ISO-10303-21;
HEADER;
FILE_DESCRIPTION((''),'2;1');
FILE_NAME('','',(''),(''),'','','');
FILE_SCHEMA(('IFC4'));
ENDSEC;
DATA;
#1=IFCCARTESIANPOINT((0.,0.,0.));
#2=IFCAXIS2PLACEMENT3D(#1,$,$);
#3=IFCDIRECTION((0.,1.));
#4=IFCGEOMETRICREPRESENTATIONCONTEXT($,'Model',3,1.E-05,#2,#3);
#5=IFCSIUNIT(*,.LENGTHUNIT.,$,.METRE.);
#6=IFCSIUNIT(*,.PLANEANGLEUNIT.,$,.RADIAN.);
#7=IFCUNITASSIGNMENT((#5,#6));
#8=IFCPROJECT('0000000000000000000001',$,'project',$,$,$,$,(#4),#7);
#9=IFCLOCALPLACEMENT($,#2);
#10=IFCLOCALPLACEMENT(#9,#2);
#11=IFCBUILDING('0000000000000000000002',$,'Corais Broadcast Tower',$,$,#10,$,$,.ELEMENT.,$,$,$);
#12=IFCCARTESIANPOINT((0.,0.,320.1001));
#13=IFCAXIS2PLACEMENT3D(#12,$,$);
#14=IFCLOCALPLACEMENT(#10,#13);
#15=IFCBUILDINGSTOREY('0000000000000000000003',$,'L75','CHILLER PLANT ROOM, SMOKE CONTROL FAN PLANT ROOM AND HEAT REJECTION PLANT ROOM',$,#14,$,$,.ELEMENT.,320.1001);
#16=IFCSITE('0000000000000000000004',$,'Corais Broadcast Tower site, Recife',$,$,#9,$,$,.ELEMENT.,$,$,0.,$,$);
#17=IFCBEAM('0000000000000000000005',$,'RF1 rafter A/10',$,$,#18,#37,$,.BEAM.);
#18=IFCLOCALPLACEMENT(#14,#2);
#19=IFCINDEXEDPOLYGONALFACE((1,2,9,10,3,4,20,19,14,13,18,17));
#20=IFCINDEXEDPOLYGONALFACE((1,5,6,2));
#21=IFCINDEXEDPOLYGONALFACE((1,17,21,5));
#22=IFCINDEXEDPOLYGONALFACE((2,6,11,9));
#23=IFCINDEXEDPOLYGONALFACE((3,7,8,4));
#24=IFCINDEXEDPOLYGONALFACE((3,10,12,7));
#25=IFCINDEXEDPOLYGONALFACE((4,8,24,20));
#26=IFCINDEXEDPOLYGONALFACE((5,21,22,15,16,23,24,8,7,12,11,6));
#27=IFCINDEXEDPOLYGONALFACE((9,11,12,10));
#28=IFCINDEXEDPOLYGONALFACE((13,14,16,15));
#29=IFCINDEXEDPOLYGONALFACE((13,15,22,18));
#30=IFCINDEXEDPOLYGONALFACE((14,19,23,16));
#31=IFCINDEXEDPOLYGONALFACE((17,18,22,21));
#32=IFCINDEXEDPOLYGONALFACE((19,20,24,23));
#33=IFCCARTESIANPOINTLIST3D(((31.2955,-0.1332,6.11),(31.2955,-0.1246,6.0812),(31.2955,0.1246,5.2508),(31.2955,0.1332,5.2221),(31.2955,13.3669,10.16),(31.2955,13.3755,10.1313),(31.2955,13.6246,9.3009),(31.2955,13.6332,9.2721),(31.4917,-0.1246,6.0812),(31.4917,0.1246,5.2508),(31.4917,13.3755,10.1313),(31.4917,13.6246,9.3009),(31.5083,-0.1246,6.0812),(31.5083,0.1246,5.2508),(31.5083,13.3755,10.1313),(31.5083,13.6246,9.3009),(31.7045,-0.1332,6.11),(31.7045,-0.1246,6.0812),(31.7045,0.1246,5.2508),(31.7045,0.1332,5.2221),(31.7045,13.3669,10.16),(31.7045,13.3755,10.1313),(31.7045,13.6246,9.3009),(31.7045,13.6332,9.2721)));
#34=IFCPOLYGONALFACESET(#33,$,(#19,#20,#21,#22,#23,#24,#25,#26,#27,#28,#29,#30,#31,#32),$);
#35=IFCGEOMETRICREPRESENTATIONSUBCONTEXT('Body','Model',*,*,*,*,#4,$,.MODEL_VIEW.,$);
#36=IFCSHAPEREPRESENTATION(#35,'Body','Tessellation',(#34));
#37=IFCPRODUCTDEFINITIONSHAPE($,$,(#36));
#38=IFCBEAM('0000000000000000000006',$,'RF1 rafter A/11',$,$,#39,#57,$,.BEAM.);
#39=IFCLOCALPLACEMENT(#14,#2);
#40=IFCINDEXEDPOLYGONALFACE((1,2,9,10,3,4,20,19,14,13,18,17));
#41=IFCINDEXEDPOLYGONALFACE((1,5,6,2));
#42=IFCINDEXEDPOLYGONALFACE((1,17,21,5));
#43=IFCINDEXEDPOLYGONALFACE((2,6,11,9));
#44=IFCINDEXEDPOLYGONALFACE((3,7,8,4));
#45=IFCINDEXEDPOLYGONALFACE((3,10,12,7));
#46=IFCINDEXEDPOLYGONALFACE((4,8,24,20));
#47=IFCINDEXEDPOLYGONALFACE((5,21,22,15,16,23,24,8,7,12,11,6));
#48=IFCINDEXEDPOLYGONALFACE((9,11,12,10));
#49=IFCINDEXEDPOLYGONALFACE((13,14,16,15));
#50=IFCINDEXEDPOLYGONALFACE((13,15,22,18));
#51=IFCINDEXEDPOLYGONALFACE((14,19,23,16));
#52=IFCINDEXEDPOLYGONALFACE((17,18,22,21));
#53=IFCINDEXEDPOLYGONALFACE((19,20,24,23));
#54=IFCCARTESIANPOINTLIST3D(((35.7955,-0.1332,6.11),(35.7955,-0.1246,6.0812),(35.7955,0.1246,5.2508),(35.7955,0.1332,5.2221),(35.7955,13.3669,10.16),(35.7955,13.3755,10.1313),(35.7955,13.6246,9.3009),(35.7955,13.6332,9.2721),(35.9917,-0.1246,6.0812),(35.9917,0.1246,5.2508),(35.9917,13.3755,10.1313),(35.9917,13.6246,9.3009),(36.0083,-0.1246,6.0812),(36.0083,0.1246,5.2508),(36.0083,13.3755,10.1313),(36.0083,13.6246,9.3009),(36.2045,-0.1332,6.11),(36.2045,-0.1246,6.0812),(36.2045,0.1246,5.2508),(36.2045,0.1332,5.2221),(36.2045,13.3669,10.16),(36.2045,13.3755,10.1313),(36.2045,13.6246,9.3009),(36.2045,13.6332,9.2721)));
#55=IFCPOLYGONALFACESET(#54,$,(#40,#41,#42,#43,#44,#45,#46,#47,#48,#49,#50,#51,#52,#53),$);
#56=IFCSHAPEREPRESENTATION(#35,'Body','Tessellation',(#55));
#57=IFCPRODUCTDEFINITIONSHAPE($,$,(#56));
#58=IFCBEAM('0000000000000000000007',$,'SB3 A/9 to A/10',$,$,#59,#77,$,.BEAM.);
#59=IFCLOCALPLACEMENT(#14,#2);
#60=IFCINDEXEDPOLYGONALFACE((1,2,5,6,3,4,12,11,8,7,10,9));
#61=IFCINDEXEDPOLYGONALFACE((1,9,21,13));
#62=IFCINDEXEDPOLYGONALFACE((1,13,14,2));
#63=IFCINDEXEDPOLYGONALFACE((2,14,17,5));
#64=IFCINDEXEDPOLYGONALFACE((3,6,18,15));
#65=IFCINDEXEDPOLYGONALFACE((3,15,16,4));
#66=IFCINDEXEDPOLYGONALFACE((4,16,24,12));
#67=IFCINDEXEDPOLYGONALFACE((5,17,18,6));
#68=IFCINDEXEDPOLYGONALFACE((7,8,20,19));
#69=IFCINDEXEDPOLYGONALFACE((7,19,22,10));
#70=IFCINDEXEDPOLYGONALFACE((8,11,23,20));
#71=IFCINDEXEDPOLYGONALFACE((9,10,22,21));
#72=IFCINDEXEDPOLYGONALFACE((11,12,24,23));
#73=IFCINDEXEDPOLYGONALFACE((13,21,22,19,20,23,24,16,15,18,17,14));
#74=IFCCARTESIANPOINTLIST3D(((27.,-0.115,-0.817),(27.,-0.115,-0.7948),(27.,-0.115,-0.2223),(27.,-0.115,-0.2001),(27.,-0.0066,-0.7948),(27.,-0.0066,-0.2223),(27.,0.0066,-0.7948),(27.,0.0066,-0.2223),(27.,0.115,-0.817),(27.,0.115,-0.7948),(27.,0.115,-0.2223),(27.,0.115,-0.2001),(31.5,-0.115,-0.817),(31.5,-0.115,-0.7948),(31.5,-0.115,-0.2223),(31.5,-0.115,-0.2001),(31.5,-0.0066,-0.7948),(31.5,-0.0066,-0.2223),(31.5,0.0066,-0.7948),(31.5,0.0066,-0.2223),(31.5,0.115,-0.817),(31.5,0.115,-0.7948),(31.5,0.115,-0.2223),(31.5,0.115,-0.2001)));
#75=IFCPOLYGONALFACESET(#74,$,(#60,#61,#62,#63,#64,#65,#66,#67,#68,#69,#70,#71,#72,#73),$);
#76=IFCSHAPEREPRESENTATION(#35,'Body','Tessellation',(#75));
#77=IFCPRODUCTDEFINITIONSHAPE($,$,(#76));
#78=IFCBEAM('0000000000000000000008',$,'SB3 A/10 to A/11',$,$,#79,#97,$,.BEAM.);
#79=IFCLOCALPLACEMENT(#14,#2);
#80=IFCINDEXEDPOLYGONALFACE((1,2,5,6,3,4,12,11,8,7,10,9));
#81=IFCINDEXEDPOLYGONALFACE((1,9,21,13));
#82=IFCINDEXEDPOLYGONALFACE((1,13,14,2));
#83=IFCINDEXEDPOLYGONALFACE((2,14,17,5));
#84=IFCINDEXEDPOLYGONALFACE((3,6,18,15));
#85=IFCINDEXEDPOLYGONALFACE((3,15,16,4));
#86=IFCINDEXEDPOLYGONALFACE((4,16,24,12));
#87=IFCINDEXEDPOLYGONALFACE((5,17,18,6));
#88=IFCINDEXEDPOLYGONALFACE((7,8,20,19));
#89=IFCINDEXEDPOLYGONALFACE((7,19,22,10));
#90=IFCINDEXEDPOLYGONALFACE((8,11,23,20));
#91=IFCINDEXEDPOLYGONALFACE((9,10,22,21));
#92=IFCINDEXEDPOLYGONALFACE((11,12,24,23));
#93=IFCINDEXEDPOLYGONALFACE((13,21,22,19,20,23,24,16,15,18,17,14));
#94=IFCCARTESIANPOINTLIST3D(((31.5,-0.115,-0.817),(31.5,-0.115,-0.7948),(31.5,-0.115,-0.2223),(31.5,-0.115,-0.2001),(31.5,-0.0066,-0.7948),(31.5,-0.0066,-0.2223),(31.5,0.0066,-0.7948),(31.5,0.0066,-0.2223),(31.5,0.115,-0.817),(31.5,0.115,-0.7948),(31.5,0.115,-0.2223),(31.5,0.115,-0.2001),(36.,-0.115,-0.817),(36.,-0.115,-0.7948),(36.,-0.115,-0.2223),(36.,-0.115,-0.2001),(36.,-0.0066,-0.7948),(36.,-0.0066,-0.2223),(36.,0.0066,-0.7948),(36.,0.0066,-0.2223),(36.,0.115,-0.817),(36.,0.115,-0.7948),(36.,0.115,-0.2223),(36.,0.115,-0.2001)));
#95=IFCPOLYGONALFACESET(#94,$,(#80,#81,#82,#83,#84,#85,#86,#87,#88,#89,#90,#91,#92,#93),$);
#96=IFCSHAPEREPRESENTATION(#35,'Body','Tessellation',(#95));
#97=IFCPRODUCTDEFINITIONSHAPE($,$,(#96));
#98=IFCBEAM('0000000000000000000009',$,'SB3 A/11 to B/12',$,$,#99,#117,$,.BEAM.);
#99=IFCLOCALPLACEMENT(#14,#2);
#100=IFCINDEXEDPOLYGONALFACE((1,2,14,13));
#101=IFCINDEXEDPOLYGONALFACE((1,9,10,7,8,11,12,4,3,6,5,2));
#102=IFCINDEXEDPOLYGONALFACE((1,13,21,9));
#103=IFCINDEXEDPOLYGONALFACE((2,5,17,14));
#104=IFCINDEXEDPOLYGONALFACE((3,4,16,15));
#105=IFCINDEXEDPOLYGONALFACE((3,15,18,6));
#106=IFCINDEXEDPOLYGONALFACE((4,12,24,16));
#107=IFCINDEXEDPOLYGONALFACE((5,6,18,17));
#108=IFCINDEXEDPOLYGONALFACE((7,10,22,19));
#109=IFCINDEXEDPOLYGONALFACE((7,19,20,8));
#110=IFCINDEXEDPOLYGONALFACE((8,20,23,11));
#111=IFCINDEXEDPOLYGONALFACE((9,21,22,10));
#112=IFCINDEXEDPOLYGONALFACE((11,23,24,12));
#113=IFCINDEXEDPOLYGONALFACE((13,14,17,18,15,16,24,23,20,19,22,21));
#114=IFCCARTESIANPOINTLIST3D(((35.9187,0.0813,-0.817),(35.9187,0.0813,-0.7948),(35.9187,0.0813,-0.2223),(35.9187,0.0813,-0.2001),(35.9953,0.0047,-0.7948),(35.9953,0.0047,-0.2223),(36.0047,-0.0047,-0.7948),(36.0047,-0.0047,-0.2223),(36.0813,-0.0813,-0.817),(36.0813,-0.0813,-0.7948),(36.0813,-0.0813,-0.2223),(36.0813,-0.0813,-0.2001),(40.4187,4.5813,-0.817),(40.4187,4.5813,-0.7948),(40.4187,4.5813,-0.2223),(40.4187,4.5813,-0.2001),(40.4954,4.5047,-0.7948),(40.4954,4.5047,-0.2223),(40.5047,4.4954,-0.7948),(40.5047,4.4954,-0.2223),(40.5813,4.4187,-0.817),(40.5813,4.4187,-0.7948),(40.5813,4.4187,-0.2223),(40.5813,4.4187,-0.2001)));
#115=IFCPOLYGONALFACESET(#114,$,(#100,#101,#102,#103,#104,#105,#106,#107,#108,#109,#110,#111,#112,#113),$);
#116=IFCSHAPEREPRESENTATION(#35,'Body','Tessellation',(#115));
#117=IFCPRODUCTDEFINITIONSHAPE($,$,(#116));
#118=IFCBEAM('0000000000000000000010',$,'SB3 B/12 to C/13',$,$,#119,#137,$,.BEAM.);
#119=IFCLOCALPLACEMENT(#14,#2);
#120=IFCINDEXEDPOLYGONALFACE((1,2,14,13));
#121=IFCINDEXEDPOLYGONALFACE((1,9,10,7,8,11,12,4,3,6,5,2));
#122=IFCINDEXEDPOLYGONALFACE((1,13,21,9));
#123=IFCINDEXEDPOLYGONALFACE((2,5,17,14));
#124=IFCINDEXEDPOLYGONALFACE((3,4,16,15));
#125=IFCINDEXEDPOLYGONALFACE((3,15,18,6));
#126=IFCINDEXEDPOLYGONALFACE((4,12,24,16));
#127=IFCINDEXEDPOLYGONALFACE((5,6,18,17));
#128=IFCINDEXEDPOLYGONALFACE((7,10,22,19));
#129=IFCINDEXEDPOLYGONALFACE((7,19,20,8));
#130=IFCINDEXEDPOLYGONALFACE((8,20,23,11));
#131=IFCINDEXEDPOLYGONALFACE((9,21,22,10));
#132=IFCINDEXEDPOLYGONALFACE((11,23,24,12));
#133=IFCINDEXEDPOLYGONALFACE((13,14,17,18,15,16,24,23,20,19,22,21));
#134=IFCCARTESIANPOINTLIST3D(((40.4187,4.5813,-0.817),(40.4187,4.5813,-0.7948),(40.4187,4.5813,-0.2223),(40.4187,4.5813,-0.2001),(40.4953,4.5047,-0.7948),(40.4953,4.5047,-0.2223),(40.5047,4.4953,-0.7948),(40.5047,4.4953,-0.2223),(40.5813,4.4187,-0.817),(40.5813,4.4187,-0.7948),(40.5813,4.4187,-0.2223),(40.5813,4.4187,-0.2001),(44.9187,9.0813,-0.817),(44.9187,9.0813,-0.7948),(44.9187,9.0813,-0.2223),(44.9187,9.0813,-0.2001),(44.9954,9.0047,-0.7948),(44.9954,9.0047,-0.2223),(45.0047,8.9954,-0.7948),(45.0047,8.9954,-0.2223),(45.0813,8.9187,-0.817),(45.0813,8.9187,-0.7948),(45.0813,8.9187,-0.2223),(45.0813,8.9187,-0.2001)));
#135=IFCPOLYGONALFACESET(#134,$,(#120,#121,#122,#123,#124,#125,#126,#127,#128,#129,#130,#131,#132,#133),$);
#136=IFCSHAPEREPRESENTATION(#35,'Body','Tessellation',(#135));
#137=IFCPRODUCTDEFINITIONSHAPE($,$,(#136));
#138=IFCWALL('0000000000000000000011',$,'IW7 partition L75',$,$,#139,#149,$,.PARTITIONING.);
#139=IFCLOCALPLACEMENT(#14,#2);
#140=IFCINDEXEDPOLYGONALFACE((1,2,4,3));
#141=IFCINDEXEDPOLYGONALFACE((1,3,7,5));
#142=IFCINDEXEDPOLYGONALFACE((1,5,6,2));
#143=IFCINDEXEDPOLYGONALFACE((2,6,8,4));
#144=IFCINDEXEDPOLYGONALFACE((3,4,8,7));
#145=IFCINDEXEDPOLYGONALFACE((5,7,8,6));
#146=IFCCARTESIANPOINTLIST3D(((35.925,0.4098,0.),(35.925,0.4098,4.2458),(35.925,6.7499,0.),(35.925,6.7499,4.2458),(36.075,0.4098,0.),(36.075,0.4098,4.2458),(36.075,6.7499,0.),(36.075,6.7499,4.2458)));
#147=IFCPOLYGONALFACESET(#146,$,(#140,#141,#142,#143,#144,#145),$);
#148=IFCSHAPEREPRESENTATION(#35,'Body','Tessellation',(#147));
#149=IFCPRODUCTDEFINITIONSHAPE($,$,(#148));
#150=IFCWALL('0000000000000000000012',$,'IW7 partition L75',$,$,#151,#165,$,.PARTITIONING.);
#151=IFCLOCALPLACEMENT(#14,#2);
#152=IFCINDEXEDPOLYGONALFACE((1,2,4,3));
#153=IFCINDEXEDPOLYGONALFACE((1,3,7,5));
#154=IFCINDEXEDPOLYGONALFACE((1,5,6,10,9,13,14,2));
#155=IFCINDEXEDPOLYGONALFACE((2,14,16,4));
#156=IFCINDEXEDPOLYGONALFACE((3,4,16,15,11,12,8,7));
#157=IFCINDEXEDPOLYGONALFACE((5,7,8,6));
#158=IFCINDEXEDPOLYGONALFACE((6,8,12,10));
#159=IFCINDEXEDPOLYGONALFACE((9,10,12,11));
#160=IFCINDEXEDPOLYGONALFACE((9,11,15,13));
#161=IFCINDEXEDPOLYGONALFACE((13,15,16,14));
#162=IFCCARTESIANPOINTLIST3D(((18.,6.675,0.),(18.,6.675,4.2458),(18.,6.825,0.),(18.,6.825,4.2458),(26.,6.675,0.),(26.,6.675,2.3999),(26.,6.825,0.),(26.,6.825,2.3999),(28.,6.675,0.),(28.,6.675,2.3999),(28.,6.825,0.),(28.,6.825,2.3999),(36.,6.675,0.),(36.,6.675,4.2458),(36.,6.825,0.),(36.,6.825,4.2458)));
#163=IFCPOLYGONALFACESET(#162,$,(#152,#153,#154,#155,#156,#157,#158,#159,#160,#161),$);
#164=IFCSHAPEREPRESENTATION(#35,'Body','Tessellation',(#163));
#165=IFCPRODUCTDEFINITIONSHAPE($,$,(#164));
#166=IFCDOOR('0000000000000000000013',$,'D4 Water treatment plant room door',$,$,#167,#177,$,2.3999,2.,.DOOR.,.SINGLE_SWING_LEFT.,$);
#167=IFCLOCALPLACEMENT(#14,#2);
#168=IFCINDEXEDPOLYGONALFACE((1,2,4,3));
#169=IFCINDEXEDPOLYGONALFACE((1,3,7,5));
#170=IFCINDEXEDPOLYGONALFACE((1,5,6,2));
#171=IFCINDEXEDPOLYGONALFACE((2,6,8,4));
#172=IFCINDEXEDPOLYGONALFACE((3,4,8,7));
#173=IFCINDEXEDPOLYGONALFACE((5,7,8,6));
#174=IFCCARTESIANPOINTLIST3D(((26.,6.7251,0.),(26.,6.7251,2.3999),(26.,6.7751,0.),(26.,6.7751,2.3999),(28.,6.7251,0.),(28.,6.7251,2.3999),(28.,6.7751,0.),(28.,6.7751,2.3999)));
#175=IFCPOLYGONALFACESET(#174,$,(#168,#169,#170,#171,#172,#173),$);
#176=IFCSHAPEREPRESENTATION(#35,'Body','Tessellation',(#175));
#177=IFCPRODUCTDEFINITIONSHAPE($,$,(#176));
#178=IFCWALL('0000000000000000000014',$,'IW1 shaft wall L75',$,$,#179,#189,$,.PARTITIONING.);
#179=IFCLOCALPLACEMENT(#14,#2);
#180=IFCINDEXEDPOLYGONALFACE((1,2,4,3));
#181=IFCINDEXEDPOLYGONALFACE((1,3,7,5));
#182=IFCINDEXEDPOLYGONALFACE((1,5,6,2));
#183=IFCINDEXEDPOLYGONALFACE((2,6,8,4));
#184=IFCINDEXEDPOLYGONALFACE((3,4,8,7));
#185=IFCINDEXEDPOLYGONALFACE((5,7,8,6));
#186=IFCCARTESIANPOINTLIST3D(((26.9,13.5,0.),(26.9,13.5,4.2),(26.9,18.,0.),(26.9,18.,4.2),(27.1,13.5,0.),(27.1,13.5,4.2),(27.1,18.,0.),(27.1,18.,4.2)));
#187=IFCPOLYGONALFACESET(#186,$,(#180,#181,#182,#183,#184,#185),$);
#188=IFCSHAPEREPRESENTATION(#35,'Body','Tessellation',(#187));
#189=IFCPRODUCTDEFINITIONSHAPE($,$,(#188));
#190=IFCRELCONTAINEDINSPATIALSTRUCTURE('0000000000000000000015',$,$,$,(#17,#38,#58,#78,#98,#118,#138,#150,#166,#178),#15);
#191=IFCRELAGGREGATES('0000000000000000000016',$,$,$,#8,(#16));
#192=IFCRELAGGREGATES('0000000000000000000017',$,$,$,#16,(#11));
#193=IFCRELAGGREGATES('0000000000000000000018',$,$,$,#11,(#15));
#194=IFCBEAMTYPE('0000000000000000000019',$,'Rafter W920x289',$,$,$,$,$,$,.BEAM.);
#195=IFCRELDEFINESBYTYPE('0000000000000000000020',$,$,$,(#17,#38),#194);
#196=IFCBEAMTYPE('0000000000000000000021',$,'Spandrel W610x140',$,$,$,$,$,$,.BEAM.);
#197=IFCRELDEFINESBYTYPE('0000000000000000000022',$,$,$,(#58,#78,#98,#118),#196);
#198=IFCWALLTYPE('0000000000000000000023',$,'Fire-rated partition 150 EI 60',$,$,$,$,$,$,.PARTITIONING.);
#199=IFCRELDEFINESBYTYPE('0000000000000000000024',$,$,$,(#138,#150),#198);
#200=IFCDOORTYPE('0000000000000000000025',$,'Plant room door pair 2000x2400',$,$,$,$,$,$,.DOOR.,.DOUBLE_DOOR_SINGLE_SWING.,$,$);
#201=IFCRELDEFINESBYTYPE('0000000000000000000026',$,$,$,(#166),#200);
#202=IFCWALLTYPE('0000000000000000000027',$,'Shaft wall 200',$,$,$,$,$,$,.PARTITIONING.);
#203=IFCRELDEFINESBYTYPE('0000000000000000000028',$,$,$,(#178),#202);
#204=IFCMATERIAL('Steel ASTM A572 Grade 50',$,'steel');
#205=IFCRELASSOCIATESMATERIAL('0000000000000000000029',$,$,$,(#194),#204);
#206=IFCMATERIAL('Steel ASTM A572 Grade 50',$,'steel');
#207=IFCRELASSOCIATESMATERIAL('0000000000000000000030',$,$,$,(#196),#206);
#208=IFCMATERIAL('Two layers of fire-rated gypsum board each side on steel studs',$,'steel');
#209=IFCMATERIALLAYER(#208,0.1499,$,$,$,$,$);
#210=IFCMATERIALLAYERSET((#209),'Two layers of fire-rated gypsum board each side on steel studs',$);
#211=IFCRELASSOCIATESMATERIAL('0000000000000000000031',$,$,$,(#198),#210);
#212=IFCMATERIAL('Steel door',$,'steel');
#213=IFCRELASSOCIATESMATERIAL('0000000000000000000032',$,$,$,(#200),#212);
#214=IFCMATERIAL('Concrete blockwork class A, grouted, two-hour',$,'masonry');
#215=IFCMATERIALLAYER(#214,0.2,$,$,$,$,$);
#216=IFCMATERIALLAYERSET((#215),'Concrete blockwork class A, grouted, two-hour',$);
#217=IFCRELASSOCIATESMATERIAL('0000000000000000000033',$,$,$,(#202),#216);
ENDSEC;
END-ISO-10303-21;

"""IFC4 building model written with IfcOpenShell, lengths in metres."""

from ifc_helpers import new_model, si_unit, direction, frame, frame_2d, origin, origin_2d, place, context, subcontext, project, spatial, rectangle, i_section, extrude, material, layer, layer_set, material_profile, profile_set, type_object, element, fill, save


model = new_model("IFC4")

# Units and contexts
model_context = context("Model", 3, precision=1e-05, world=origin(), true_north=direction((0.0, 1.0)))
body_context = subcontext(model_context, "Body", "Model", "MODEL_VIEW")
ifc_project = project(units=[si_unit("LENGTHUNIT", "METRE"), si_unit("PLANEANGLEUNIT", "RADIAN")], contexts=[model_context])

# Site, building, storey
site_placement = place(None, origin())
site = spatial("IfcSite", under=ifc_project, at=site_placement, Name="Corais Broadcast Tower site, Recife", CompositionType="ELEMENT", RefElevation=0.0)
building_placement = place(site_placement, origin())
building = spatial("IfcBuilding", under=site, at=building_placement, Name="Corais Broadcast Tower", CompositionType="ELEMENT")
storey_placement = place(building_placement, frame((0.0, 0.0, 320.1001)))
storey = spatial("IfcBuildingStorey", under=building, at=storey_placement, Name="L75", Description="CHILLER PLANT ROOM, SMOKE CONTROL FAN PLANT ROOM AND HEAT REJECTION PLANT ROOM", CompositionType="ELEMENT", Elevation=320.1001)

# Beams
ifc_material_1 = material(Name="Steel ASTM A572 Grade 50", Category="steel")
ifc_material_profile_1 = material_profile(ifc_material_1, i_section(OverallWidth=0.4089, OverallDepth=0.927, WebThickness=0.0166, FlangeThickness=0.03, at=origin_2d()), Name="W920x289")
ifc_profile_set_1 = profile_set([ifc_material_profile_1], Name="Steel ASTM A572 Grade 50")
beam_type_1 = type_object("IfcBeamType", Name="Rafter W920x289", PredefinedType="BEAM", material=ifc_profile_set_1)
for number, where, z_axis, x_axis, name in (
    (1, (31.5, 0.0, 5.666), (0.0, 0.957825, 0.287351), (-1.0, 0.0, 0.0), "RF1 rafter A/10"),
    (2, (36.0, 0.0, 5.666), (0.0, 0.957825, 0.287351), (-1.0, 0.0, 0.0), "RF1 rafter A/11"),
):
    element("IfcBeam", number, at=place(storey_placement, frame(where, z_axis=z_axis, x_axis=x_axis)), inside=storey, type_object=beam_type_1, Name=name, PredefinedType="BEAM", context=body_context, shape_type="SweptSolid", body=[
        extrude(i_section(OverallWidth=0.4089, OverallDepth=0.927, WebThickness=0.0166, FlangeThickness=0.03, at=origin_2d()), origin(), (0.0, 0.0, 1.0), 14.0945),
    ])
ifc_material_2 = material(Name="Steel ASTM A572 Grade 50", Category="steel")
ifc_material_profile_2 = material_profile(ifc_material_2, i_section(OverallWidth=0.23, OverallDepth=0.6169, WebThickness=0.0132, FlangeThickness=0.0222, at=origin_2d()), Name="W610x140")
ifc_profile_set_2 = profile_set([ifc_material_profile_2], Name="Steel ASTM A572 Grade 50")
beam_type_2 = type_object("IfcBeamType", Name="Spandrel W610x140", PredefinedType="BEAM", material=ifc_profile_set_2)
for number, where, z_axis, x_axis, name in (
    (3, (27.0, 0.0, -0.5085), (1.0, 0.0, 0.0), (0.0, 1.0, 0.0), "SB3 A/9 to A/10"),
    (4, (31.5, 0.0, -0.5085), (1.0, 0.0, 0.0), (0.0, 1.0, 0.0), "SB3 A/10 to A/11"),
):
    element("IfcBeam", number, at=place(storey_placement, frame(where, z_axis=z_axis, x_axis=x_axis)), inside=storey, type_object=beam_type_2, Name=name, PredefinedType="BEAM", context=body_context, shape_type="SweptSolid", body=[
        extrude(i_section(OverallWidth=0.23, OverallDepth=0.6169, WebThickness=0.0132, FlangeThickness=0.0222, at=origin_2d()), origin(), (0.0, 0.0, 1.0), 4.5),
    ])
for number, where, z_axis, x_axis, name in (
    (5, (36.0, 0.0, -0.5085), (0.707107, 0.707107, 0.0), (-0.707107, 0.707107, 0.0), "SB3 A/11 to B/12"),
    (6, (40.5, 4.5, -0.5085), (0.707107, 0.707107, 0.0), (-0.707107, 0.707107, 0.0), "SB3 B/12 to C/13"),
):
    element("IfcBeam", number, at=place(storey_placement, frame(where, z_axis=z_axis, x_axis=x_axis)), inside=storey, type_object=beam_type_2, Name=name, PredefinedType="BEAM", context=body_context, shape_type="SweptSolid", body=[
        extrude(i_section(OverallWidth=0.23, OverallDepth=0.6169, WebThickness=0.0132, FlangeThickness=0.0222, at=origin_2d()), origin(), (0.0, 0.0, 1.0), 6.364),
    ])

# Wall
ifc_material_3 = material(Name="Two layers of fire-rated gypsum board each side on steel studs", Category="steel")
ifc_layer_1 = layer(ifc_material_3, 0.1499)
ifc_layer_set_1 = layer_set([ifc_layer_1], Name="Two layers of fire-rated gypsum board each side on steel studs")
wall_type_1 = type_object("IfcWallType", Name="Fire-rated partition 150 EI 60", PredefinedType="PARTITIONING", material=ifc_layer_set_1)
wall_1_placement = place(storey_placement, frame((36.0, 0.4099, 0.0), z_axis=(0.0, 0.0, 1.0), x_axis=(0.0, 1.0, 0.0)))
element("IfcWall", 7, at=wall_1_placement, inside=storey, type_object=wall_type_1, Name="IW7 partition L75", PredefinedType="PARTITIONING", context=body_context, shape_type="SweptSolid", body=[
    extrude(rectangle(XDim=6.3401, YDim=0.1499, at=frame_2d((3.1699, 0.0))), origin(), (0.0, 0.0, 1.0), 4.2458),
])

# Wall, opening, door
wall_2_placement = place(storey_placement, frame((36.0, 6.75, 0.0), z_axis=(0.0, 0.0, 1.0), x_axis=(-1.0, 0.0, 0.0)))
wall_2 = element("IfcWall", 8, at=wall_2_placement, inside=storey, type_object=wall_type_1, Name="IW7 partition L75", PredefinedType="PARTITIONING", context=body_context, shape_type="SweptSolid", body=[
    extrude(rectangle(XDim=18.0, YDim=0.1499, at=frame_2d((9.0, 0.0))), origin(), (0.0, 0.0, 1.0), 4.2458),
])
opening_1_placement = place(wall_2_placement, frame((8.0, 0.0, 0.0)))
opening_1 = element("IfcOpeningElement", 9, at=opening_1_placement, cuts=wall_2, PredefinedType="OPENING", context=body_context, shape_type="SweptSolid", body=[
    extrude(rectangle(XDim=2.0, YDim=2.3999, at=frame_2d((1.0, 1.2))), frame((0.0, 0.085, 0.0), z_axis=(0.0, -1.0, 0.0), x_axis=(1.0, 0.0, 0.0)), (0.0, 0.0, 1.0), 0.1699),
])
ifc_material_4 = material(Name="Steel door", Category="steel")
door_type = type_object("IfcDoorType", Name="Plant room door pair 2000x2400", OperationType="DOUBLE_DOOR_SINGLE_SWING", PredefinedType="DOOR", material=ifc_material_4)
door_placement = place(opening_1_placement, origin())
door = element("IfcDoor", 10, at=door_placement, inside=storey, type_object=door_type, Name="D4 Water treatment plant room door", OperationType="SINGLE_SWING_LEFT", OverallHeight=2.3999, OverallWidth=2.0, PredefinedType="DOOR", context=body_context, shape_type="SweptSolid", body=[
    extrude(rectangle(XDim=2.0, YDim=2.3999, at=frame_2d((1.0, 1.2))), frame((0.0, 0.0249, 0.0), z_axis=(0.0, -1.0, 0.0), x_axis=(1.0, 0.0, 0.0)), (0.0, 0.0, 1.0), 0.05),
])
fill(opening_1, door)

# Wall
ifc_material_5 = material(Name="Concrete blockwork class A, grouted, two-hour", Category="masonry")
ifc_layer_2 = layer(ifc_material_5, 0.2)
ifc_layer_set_2 = layer_set([ifc_layer_2], Name="Concrete blockwork class A, grouted, two-hour")
wall_type_2 = type_object("IfcWallType", Name="Shaft wall 200", PredefinedType="PARTITIONING", material=ifc_layer_set_2)
for number, where, z_axis, x_axis, name in (
    (11, (27.0, 13.5, 0.0), (0.0, 0.0, 1.0), (0.0, 1.0, 0.0), "IW1 shaft wall L75"),
):
    element("IfcWall", number, at=place(storey_placement, frame(where, z_axis=z_axis, x_axis=x_axis)), inside=storey, type_object=wall_type_2, Name=name, PredefinedType="PARTITIONING", context=body_context, shape_type="SweptSolid", body=[
        extrude(rectangle(XDim=4.5, YDim=0.2, at=frame_2d((2.25, 0.0))), origin(), (0.0, 0.0, 1.0), 4.2),
    ])

save(model, "model.ifc")
